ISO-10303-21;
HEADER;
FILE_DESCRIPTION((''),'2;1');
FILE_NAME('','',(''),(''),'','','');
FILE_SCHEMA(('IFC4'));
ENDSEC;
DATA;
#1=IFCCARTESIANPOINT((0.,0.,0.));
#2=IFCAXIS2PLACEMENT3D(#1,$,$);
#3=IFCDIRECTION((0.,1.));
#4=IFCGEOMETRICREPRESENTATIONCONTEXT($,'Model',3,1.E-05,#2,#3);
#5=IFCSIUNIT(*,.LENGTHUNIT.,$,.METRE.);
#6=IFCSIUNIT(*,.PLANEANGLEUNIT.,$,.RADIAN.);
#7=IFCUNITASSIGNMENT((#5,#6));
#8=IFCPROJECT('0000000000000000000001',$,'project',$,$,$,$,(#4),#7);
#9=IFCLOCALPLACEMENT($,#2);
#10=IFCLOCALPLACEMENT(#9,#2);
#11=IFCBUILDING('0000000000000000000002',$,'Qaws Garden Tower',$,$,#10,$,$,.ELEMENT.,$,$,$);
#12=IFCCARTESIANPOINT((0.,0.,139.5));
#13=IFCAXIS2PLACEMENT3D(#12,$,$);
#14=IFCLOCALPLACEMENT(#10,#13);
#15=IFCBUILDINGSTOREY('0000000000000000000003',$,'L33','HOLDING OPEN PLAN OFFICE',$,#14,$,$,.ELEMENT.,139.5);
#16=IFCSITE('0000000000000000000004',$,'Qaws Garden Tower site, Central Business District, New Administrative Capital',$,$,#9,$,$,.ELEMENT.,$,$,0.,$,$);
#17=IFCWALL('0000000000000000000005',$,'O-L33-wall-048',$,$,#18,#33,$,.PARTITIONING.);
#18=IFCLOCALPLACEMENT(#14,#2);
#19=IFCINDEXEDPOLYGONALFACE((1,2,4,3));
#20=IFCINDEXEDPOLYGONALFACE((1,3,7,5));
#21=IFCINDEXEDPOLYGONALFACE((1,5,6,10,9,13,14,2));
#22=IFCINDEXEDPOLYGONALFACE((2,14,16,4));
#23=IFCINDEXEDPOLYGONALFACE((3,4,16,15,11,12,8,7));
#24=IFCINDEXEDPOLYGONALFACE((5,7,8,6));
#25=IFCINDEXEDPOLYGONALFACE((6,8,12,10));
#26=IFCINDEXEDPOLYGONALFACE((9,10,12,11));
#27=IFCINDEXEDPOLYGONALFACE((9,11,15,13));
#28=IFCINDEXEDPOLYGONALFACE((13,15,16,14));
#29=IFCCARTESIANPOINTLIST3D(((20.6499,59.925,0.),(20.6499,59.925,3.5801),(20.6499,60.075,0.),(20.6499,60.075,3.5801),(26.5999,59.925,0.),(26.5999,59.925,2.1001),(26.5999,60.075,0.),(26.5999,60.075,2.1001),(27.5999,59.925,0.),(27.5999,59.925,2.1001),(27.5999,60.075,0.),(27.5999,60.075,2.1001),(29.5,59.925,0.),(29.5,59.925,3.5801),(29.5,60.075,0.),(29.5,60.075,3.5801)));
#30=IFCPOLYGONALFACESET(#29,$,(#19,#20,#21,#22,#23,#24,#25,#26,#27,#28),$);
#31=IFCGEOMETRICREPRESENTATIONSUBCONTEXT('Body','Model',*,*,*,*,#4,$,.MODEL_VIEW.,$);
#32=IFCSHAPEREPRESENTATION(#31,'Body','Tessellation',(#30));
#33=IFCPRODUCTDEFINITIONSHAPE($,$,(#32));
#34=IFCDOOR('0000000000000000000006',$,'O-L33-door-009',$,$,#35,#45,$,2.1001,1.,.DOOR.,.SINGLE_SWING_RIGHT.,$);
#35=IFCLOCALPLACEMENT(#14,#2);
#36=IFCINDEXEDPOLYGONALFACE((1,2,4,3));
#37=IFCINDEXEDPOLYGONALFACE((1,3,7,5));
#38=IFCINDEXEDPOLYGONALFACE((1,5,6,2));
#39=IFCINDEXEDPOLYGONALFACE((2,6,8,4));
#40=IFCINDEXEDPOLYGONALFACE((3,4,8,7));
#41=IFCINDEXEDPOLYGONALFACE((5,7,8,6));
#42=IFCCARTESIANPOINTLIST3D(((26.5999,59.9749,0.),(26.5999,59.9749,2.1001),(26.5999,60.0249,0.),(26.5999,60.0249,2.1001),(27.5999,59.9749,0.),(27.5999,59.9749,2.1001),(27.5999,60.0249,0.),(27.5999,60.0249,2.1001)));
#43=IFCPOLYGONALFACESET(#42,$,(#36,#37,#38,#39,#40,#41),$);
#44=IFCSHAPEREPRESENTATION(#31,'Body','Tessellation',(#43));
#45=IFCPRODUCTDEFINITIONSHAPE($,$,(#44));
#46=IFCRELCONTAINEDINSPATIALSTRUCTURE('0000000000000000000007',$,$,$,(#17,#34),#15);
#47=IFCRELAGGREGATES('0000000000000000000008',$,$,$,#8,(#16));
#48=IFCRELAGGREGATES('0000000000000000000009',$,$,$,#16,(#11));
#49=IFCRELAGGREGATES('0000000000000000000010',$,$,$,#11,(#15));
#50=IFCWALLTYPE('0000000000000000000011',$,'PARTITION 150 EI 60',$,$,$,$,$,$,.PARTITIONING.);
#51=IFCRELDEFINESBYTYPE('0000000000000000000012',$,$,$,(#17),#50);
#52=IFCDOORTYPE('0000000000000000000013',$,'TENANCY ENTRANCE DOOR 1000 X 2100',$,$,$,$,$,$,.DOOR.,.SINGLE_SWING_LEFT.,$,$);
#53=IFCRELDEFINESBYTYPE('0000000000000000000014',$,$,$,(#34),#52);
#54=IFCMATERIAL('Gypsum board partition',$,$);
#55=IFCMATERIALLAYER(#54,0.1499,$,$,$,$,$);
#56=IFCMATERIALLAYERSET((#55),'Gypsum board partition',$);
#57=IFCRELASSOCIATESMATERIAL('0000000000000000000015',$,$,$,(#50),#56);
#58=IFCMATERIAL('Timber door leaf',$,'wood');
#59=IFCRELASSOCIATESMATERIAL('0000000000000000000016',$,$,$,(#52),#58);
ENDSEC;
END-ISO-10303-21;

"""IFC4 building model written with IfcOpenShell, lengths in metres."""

from ifc_helpers import new_model, si_unit, direction, frame, frame_2d, origin, place, context, subcontext, project, spatial, rectangle, extrude, material, layer, layer_set, type_object, element, fill, save


model = new_model("IFC4")

# Units and contexts
model_context = context("Model", 3, precision=1e-05, world=origin(), true_north=direction((0.0, 1.0)))
body_context = subcontext(model_context, "Body", "Model", "MODEL_VIEW")
ifc_project = project(units=[si_unit("LENGTHUNIT", "METRE"), si_unit("PLANEANGLEUNIT", "RADIAN")], contexts=[model_context])

# Site, building, storey
site_placement = place(None, origin())
site = spatial("IfcSite", under=ifc_project, at=site_placement, Name="Qaws Garden Tower site, Central Business District, New Administrative Capital", CompositionType="ELEMENT", RefElevation=0.0)
building_placement = place(site_placement, origin())
building = spatial("IfcBuilding", under=site, at=building_placement, Name="Qaws Garden Tower", CompositionType="ELEMENT")
storey_placement = place(building_placement, frame((0.0, 0.0, 139.5)))
storey = spatial("IfcBuildingStorey", under=building, at=storey_placement, Name="L33", Description="HOLDING OPEN PLAN OFFICE", CompositionType="ELEMENT", Elevation=139.5)

# Shared definitions
ifc_material_1 = material(Name="Gypsum board partition")
ifc_layer_1 = layer(ifc_material_1, 0.1499)
ifc_layer_set_1 = layer_set([ifc_layer_1], Name="Gypsum board partition")
wall_type_1 = type_object("IfcWallType", Name="PARTITION 150 EI 60", PredefinedType="PARTITIONING", material=ifc_layer_set_1)

# Wall, opening, door
wall_1_placement = place(storey_placement, frame((20.6499, 60.0, 0.0), z_axis=(0.0, 0.0, 1.0), x_axis=(1.0, 0.0, 0.0)))
wall_1 = element("IfcWall", 1, at=wall_1_placement, inside=storey, type_object=wall_type_1, Name="O-L33-wall-048", PredefinedType="PARTITIONING", context=body_context, shape_type="SweptSolid", body=[
    extrude(rectangle(XDim=8.8501, YDim=0.1499, at=frame_2d((4.425, 0.0))), origin(), (0.0, 0.0, 1.0), 3.5801),
])
opening_1_placement = place(wall_1_placement, frame((5.95, 0.0, 0.0)))
opening_1 = element("IfcOpeningElement", 2, at=opening_1_placement, cuts=wall_1, PredefinedType="OPENING", context=body_context, shape_type="SweptSolid", body=[
    extrude(rectangle(XDim=1.0, YDim=2.1001, at=frame_2d((0.5, 1.05))), frame((0.0, 0.085, 0.0), z_axis=(0.0, -1.0, 0.0), x_axis=(1.0, 0.0, 0.0)), (0.0, 0.0, 1.0), 0.1699),
])
ifc_material_2 = material(Name="Timber door leaf", Category="wood")
door_type_1 = type_object("IfcDoorType", Name="TENANCY ENTRANCE DOOR 1000 X 2100", OperationType="SINGLE_SWING_LEFT", PredefinedType="DOOR", material=ifc_material_2)
door_1_placement = place(opening_1_placement, origin())
door_1 = element("IfcDoor", 3, at=door_1_placement, inside=storey, type_object=door_type_1, Name="O-L33-door-009", OperationType="SINGLE_SWING_RIGHT", OverallHeight=2.1001, OverallWidth=1.0, PredefinedType="DOOR", context=body_context, shape_type="SweptSolid", body=[
    extrude(rectangle(XDim=1.0, YDim=2.1001, at=frame_2d((0.5, 1.05))), frame((0.0, 0.0249, 0.0), z_axis=(0.0, -1.0, 0.0), x_axis=(1.0, 0.0, 0.0)), (0.0, 0.0, 1.0), 0.05),
])
fill(opening_1, door_1)

save(model, "model.ifc")
